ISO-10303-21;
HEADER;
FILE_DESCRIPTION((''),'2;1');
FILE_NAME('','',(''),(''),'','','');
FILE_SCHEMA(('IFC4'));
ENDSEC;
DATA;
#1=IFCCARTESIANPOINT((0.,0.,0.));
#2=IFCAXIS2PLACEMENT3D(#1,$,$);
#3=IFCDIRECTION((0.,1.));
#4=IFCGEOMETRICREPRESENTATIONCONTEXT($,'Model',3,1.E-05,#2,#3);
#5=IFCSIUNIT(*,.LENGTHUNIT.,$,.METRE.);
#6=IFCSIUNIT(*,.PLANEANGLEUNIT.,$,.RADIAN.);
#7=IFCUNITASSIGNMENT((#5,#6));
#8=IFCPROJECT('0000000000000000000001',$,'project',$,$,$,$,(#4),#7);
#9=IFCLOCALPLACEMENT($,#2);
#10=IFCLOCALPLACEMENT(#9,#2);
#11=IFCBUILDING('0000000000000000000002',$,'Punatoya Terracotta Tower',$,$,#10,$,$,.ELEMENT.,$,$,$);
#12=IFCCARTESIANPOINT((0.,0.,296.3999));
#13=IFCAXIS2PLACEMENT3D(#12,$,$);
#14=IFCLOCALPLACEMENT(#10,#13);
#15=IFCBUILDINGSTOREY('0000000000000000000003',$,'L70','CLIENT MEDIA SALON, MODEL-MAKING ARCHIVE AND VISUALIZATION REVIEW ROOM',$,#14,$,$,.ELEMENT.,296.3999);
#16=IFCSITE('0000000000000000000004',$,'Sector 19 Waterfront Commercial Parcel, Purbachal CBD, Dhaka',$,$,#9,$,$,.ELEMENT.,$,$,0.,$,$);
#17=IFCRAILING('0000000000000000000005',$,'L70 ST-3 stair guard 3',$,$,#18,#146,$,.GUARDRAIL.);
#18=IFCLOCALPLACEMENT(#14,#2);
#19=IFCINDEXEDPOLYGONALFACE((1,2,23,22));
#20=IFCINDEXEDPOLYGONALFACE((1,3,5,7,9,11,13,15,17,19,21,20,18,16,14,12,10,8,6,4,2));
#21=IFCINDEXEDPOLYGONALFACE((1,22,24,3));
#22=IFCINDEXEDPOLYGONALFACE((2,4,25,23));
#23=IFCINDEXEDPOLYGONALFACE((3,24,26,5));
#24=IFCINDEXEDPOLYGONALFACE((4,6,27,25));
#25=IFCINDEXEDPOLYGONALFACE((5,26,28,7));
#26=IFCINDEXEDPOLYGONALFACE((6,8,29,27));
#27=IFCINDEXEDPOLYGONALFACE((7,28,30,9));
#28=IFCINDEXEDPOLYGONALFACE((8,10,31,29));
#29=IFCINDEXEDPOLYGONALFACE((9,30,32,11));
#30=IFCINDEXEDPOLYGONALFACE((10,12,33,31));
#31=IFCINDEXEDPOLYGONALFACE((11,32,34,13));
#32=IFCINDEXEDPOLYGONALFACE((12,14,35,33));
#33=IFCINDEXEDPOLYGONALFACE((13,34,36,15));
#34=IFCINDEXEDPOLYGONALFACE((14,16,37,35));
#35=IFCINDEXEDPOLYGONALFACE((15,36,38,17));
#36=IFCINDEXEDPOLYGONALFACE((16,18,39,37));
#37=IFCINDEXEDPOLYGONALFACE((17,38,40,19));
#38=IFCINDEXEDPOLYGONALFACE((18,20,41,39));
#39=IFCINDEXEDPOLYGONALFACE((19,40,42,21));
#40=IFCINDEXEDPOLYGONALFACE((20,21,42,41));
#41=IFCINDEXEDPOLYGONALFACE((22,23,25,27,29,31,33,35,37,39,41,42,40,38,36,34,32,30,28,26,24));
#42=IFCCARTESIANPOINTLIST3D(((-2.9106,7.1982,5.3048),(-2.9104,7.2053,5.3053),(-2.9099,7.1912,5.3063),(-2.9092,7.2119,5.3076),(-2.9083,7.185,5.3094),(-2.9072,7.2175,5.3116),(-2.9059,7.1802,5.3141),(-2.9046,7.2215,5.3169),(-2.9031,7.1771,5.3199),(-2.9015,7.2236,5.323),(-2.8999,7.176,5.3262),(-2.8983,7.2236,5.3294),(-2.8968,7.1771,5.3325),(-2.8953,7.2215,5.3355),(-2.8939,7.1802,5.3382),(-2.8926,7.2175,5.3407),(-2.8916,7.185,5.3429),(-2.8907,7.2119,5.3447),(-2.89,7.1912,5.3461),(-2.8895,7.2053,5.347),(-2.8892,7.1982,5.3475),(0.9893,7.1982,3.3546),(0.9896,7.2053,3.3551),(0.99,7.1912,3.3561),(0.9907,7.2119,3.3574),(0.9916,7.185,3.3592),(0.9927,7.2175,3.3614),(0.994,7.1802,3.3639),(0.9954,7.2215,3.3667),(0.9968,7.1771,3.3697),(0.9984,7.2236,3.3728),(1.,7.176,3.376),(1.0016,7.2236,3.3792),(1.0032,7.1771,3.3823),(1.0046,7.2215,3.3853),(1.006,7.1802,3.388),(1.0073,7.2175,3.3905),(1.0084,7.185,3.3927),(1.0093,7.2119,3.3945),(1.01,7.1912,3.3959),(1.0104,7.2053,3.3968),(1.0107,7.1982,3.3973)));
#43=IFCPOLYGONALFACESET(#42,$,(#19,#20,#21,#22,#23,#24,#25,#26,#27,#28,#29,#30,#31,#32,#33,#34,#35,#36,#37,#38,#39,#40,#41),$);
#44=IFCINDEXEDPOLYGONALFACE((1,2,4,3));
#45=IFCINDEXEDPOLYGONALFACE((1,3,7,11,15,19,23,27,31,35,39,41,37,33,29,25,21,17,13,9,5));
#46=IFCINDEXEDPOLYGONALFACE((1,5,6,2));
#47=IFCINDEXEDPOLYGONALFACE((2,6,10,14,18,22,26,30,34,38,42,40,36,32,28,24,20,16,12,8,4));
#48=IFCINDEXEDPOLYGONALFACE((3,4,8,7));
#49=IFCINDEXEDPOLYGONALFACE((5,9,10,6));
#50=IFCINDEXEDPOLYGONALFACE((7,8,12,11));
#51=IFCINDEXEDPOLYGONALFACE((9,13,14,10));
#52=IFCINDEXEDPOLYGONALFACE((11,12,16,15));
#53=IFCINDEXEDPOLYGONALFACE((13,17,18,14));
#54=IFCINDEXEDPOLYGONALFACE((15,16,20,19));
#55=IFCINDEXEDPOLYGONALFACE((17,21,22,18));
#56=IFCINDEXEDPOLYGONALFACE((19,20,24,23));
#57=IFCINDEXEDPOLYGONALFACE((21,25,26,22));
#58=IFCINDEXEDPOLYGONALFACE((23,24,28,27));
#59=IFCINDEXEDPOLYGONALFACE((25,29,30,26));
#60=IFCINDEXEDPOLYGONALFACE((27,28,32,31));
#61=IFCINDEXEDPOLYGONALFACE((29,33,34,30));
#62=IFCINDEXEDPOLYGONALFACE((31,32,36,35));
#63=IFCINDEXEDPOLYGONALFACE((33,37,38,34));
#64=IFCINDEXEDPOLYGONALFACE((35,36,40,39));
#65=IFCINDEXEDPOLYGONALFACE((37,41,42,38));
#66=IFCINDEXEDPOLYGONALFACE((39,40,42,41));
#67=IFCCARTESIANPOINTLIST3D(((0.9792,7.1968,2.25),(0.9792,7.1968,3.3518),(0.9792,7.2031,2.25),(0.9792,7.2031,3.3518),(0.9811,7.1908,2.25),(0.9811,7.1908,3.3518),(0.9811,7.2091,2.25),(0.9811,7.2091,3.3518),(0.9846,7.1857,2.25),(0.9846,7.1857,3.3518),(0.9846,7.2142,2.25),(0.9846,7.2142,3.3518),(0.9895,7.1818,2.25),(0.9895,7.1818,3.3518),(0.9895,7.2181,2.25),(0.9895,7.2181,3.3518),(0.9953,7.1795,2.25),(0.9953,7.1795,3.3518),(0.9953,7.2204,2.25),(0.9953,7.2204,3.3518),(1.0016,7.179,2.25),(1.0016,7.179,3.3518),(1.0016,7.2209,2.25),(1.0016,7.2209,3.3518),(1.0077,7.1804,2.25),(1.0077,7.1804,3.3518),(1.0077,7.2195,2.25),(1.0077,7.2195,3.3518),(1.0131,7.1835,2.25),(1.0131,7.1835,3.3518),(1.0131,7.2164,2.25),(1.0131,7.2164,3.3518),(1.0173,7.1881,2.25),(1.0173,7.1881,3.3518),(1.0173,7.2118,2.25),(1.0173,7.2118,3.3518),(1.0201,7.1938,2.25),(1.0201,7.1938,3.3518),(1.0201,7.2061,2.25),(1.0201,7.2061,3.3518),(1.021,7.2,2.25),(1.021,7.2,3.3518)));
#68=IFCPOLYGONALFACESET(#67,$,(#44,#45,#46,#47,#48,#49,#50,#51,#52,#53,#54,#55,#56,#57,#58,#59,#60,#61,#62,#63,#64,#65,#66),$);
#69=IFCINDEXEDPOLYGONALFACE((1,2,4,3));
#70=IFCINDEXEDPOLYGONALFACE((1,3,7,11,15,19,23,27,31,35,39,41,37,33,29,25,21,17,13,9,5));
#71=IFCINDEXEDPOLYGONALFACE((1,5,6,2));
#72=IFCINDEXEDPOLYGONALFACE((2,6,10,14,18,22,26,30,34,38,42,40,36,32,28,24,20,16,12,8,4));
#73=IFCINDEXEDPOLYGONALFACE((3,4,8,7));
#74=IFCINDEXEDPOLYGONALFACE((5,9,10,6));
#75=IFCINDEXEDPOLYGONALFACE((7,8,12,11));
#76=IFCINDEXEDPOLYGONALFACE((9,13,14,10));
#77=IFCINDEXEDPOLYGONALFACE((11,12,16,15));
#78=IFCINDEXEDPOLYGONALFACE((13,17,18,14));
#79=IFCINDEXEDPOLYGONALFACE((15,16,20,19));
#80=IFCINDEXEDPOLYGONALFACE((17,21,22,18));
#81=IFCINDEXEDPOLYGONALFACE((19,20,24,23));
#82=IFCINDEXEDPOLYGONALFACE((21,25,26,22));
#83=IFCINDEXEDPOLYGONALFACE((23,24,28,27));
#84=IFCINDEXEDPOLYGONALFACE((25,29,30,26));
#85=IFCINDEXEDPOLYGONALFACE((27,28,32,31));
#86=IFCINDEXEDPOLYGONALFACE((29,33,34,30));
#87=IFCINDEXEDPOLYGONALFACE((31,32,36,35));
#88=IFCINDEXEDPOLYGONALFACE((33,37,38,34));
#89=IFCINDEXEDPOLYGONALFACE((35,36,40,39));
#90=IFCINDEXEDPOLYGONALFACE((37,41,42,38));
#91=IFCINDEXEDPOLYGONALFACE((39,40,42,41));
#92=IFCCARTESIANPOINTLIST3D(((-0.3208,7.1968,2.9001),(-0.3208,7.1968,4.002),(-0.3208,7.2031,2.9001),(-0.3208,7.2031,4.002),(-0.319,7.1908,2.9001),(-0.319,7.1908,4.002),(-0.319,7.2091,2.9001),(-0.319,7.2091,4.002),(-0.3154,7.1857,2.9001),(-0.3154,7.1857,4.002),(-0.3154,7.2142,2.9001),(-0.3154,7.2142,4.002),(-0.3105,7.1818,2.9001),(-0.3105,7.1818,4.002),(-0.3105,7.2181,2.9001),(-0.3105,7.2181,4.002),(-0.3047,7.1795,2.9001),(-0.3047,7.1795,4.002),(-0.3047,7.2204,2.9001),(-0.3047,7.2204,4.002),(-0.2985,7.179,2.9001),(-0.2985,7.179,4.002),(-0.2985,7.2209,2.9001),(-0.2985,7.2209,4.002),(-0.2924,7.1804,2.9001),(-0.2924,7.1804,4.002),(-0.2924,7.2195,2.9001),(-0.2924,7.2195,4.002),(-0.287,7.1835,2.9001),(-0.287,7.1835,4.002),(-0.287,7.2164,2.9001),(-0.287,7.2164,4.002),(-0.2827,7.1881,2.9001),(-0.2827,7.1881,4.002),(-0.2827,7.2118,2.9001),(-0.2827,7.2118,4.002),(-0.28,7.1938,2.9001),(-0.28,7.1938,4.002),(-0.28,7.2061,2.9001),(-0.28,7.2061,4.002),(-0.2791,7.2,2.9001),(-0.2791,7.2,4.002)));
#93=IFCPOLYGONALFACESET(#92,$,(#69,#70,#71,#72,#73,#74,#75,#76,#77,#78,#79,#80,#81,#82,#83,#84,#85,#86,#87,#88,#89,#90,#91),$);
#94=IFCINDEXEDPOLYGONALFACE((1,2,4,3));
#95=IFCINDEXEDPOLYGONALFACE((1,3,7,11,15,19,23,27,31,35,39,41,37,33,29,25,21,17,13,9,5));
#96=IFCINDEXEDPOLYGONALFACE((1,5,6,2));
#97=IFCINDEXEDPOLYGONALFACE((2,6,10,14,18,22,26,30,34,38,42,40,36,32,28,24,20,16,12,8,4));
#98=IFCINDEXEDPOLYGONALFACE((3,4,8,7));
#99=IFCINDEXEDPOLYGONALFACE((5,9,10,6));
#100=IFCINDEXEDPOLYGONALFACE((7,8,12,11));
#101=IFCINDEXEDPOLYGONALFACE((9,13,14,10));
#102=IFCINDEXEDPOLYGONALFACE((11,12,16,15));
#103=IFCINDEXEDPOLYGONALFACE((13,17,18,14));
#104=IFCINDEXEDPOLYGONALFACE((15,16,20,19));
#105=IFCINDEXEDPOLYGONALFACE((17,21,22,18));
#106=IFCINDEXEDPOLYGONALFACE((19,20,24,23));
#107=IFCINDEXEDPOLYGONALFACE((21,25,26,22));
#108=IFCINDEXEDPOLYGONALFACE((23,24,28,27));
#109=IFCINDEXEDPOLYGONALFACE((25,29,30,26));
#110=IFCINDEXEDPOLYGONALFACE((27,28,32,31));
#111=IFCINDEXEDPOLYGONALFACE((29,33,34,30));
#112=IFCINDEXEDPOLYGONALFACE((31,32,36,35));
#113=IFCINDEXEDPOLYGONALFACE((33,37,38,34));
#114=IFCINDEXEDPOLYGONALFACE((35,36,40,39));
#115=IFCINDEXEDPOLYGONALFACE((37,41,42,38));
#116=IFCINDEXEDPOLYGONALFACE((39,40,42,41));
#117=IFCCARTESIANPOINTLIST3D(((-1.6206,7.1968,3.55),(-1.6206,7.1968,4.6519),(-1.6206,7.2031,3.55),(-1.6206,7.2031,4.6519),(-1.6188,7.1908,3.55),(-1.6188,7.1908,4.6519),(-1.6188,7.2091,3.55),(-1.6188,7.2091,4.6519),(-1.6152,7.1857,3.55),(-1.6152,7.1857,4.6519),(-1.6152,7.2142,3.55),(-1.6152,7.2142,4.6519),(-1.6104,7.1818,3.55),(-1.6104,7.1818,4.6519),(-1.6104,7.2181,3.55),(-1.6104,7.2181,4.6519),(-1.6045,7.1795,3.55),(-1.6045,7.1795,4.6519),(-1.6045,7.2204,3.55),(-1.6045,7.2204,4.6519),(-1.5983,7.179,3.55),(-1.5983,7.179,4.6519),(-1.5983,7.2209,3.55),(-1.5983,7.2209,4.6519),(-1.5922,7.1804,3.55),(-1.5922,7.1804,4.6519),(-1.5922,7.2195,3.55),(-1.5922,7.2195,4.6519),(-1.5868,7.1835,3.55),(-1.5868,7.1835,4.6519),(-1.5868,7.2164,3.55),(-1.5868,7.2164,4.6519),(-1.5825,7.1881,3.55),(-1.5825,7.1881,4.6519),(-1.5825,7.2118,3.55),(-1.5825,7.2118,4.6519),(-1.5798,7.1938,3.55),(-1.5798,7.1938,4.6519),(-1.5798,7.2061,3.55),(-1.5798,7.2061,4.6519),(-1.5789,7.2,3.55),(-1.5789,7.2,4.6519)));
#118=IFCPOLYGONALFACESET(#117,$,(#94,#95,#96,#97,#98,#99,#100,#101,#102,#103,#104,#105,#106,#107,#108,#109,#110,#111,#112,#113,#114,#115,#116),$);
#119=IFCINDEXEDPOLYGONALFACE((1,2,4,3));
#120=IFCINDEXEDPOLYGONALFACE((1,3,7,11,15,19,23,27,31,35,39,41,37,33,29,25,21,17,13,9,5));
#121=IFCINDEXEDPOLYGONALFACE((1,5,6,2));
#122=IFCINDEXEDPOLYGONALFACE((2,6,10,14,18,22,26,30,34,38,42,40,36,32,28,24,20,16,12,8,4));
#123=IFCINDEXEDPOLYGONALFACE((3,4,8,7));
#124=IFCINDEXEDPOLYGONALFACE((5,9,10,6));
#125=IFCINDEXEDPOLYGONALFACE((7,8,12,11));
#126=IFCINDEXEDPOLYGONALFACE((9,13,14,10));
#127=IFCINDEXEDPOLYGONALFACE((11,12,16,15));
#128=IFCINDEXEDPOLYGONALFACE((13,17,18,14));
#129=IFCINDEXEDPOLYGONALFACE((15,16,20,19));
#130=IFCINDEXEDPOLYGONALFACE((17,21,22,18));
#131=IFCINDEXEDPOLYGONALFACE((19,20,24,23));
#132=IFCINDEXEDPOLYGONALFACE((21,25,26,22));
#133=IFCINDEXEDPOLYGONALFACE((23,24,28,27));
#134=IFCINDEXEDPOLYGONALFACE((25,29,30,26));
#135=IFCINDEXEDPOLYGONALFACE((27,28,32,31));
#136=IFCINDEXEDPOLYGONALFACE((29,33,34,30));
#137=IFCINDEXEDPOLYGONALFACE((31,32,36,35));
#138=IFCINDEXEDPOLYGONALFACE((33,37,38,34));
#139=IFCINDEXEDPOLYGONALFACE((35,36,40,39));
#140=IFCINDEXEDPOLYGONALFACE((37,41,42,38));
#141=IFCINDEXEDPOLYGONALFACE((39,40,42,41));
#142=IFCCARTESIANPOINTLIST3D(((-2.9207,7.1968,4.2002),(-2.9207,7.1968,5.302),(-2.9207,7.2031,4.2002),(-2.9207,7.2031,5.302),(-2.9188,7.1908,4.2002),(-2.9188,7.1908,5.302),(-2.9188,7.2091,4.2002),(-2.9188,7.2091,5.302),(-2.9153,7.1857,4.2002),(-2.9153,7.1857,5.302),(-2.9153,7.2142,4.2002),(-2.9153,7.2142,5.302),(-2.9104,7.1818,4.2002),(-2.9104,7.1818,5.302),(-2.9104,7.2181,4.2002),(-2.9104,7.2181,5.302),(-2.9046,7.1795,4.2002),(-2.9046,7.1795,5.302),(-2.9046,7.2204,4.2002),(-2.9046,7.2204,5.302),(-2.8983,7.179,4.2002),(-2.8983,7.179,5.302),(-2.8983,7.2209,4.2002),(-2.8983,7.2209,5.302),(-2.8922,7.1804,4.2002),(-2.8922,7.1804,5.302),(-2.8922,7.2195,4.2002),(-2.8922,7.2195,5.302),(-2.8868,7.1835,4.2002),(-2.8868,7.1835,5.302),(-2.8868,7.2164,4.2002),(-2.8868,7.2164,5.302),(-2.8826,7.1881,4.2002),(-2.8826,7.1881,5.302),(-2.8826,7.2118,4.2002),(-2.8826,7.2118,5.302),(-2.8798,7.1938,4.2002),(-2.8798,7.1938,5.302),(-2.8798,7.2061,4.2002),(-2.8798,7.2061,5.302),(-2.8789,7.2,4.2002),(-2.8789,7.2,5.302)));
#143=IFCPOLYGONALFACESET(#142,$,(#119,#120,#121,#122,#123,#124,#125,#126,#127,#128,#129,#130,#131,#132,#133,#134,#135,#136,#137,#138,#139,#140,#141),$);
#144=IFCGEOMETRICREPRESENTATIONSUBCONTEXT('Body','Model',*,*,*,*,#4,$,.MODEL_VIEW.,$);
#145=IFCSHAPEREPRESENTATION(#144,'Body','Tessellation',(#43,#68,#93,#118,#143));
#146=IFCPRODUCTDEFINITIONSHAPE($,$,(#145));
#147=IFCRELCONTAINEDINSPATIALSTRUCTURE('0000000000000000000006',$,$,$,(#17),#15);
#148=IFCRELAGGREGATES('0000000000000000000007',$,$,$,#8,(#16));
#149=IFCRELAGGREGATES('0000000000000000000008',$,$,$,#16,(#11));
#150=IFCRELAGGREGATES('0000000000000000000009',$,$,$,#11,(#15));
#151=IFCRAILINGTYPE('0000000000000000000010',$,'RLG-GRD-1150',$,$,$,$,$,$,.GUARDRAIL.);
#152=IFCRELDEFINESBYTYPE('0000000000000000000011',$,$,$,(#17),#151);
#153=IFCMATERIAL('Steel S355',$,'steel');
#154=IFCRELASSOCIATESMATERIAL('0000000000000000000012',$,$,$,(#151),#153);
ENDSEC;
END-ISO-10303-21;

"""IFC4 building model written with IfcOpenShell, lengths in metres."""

from ifc_helpers import new_model, si_unit, direction, frame, origin, origin_2d, place, context, subcontext, project, spatial, circle, extrude, material, type_object, element, save


model = new_model("IFC4")

# Units and contexts
model_context = context("Model", 3, precision=1e-05, world=origin(), true_north=direction((0.0, 1.0)))
body_context = subcontext(model_context, "Body", "Model", "MODEL_VIEW")
ifc_project = project(units=[si_unit("LENGTHUNIT", "METRE"), si_unit("PLANEANGLEUNIT", "RADIAN")], contexts=[model_context])

# Site, building, storey
site_placement = place(None, origin())
site = spatial("IfcSite", under=ifc_project, at=site_placement, Name="Sector 19 Waterfront Commercial Parcel, Purbachal CBD, Dhaka", CompositionType="ELEMENT", RefElevation=0.0)
building_placement = place(site_placement, origin())
building = spatial("IfcBuilding", under=site, at=building_placement, Name="Punatoya Terracotta Tower", CompositionType="ELEMENT")
storey_placement = place(building_placement, frame((0.0, 0.0, 296.3999)))
storey = spatial("IfcBuildingStorey", under=building, at=storey_placement, Name="L70", Description="CLIENT MEDIA SALON, MODEL-MAKING ARCHIVE AND VISUALIZATION REVIEW ROOM", CompositionType="ELEMENT", Elevation=296.3999)

# Shared definitions
ifc_material_1 = material(Name="Steel S355", Category="steel")

# Railing
railing_type_1 = type_object("IfcRailingType", Name="RLG-GRD-1150", PredefinedType="GUARDRAIL", material=ifc_material_1)
railing_1_placement = place(storey_placement, frame((1.0, 7.2, 2.25)))
element("IfcRailing", 1, at=railing_1_placement, inside=storey, type_object=railing_type_1, Name="L70 ST-3 stair guard 3", PredefinedType="GUARDRAIL", context=body_context, shape_type="SweptSolid", body=[
    extrude(circle(Radius=0.0239, at=origin_2d()), frame((0.0, 0.0, 1.126), z_axis=(-0.894405, 0.0, 0.447258), x_axis=(0.0, -1.0, 0.0)), (0.0, 0.0, 1.0), 4.3604),
    extrude(circle(Radius=0.021, at=origin_2d()), origin(), (0.0, 0.0, 1.0), 1.1018),
    extrude(circle(Radius=0.021, at=origin_2d()), frame((-1.3, 0.0, 0.6501)), (0.0, 0.0, 1.0), 1.1018),
    extrude(circle(Radius=0.021, at=origin_2d()), frame((-2.5999, 0.0, 1.3)), (0.0, 0.0, 1.0), 1.1018),
    extrude(circle(Radius=0.021, at=origin_2d()), frame((-3.8999, 0.0, 1.9502)), (0.0, 0.0, 1.0), 1.1018),
])

save(model, "model.ifc")
